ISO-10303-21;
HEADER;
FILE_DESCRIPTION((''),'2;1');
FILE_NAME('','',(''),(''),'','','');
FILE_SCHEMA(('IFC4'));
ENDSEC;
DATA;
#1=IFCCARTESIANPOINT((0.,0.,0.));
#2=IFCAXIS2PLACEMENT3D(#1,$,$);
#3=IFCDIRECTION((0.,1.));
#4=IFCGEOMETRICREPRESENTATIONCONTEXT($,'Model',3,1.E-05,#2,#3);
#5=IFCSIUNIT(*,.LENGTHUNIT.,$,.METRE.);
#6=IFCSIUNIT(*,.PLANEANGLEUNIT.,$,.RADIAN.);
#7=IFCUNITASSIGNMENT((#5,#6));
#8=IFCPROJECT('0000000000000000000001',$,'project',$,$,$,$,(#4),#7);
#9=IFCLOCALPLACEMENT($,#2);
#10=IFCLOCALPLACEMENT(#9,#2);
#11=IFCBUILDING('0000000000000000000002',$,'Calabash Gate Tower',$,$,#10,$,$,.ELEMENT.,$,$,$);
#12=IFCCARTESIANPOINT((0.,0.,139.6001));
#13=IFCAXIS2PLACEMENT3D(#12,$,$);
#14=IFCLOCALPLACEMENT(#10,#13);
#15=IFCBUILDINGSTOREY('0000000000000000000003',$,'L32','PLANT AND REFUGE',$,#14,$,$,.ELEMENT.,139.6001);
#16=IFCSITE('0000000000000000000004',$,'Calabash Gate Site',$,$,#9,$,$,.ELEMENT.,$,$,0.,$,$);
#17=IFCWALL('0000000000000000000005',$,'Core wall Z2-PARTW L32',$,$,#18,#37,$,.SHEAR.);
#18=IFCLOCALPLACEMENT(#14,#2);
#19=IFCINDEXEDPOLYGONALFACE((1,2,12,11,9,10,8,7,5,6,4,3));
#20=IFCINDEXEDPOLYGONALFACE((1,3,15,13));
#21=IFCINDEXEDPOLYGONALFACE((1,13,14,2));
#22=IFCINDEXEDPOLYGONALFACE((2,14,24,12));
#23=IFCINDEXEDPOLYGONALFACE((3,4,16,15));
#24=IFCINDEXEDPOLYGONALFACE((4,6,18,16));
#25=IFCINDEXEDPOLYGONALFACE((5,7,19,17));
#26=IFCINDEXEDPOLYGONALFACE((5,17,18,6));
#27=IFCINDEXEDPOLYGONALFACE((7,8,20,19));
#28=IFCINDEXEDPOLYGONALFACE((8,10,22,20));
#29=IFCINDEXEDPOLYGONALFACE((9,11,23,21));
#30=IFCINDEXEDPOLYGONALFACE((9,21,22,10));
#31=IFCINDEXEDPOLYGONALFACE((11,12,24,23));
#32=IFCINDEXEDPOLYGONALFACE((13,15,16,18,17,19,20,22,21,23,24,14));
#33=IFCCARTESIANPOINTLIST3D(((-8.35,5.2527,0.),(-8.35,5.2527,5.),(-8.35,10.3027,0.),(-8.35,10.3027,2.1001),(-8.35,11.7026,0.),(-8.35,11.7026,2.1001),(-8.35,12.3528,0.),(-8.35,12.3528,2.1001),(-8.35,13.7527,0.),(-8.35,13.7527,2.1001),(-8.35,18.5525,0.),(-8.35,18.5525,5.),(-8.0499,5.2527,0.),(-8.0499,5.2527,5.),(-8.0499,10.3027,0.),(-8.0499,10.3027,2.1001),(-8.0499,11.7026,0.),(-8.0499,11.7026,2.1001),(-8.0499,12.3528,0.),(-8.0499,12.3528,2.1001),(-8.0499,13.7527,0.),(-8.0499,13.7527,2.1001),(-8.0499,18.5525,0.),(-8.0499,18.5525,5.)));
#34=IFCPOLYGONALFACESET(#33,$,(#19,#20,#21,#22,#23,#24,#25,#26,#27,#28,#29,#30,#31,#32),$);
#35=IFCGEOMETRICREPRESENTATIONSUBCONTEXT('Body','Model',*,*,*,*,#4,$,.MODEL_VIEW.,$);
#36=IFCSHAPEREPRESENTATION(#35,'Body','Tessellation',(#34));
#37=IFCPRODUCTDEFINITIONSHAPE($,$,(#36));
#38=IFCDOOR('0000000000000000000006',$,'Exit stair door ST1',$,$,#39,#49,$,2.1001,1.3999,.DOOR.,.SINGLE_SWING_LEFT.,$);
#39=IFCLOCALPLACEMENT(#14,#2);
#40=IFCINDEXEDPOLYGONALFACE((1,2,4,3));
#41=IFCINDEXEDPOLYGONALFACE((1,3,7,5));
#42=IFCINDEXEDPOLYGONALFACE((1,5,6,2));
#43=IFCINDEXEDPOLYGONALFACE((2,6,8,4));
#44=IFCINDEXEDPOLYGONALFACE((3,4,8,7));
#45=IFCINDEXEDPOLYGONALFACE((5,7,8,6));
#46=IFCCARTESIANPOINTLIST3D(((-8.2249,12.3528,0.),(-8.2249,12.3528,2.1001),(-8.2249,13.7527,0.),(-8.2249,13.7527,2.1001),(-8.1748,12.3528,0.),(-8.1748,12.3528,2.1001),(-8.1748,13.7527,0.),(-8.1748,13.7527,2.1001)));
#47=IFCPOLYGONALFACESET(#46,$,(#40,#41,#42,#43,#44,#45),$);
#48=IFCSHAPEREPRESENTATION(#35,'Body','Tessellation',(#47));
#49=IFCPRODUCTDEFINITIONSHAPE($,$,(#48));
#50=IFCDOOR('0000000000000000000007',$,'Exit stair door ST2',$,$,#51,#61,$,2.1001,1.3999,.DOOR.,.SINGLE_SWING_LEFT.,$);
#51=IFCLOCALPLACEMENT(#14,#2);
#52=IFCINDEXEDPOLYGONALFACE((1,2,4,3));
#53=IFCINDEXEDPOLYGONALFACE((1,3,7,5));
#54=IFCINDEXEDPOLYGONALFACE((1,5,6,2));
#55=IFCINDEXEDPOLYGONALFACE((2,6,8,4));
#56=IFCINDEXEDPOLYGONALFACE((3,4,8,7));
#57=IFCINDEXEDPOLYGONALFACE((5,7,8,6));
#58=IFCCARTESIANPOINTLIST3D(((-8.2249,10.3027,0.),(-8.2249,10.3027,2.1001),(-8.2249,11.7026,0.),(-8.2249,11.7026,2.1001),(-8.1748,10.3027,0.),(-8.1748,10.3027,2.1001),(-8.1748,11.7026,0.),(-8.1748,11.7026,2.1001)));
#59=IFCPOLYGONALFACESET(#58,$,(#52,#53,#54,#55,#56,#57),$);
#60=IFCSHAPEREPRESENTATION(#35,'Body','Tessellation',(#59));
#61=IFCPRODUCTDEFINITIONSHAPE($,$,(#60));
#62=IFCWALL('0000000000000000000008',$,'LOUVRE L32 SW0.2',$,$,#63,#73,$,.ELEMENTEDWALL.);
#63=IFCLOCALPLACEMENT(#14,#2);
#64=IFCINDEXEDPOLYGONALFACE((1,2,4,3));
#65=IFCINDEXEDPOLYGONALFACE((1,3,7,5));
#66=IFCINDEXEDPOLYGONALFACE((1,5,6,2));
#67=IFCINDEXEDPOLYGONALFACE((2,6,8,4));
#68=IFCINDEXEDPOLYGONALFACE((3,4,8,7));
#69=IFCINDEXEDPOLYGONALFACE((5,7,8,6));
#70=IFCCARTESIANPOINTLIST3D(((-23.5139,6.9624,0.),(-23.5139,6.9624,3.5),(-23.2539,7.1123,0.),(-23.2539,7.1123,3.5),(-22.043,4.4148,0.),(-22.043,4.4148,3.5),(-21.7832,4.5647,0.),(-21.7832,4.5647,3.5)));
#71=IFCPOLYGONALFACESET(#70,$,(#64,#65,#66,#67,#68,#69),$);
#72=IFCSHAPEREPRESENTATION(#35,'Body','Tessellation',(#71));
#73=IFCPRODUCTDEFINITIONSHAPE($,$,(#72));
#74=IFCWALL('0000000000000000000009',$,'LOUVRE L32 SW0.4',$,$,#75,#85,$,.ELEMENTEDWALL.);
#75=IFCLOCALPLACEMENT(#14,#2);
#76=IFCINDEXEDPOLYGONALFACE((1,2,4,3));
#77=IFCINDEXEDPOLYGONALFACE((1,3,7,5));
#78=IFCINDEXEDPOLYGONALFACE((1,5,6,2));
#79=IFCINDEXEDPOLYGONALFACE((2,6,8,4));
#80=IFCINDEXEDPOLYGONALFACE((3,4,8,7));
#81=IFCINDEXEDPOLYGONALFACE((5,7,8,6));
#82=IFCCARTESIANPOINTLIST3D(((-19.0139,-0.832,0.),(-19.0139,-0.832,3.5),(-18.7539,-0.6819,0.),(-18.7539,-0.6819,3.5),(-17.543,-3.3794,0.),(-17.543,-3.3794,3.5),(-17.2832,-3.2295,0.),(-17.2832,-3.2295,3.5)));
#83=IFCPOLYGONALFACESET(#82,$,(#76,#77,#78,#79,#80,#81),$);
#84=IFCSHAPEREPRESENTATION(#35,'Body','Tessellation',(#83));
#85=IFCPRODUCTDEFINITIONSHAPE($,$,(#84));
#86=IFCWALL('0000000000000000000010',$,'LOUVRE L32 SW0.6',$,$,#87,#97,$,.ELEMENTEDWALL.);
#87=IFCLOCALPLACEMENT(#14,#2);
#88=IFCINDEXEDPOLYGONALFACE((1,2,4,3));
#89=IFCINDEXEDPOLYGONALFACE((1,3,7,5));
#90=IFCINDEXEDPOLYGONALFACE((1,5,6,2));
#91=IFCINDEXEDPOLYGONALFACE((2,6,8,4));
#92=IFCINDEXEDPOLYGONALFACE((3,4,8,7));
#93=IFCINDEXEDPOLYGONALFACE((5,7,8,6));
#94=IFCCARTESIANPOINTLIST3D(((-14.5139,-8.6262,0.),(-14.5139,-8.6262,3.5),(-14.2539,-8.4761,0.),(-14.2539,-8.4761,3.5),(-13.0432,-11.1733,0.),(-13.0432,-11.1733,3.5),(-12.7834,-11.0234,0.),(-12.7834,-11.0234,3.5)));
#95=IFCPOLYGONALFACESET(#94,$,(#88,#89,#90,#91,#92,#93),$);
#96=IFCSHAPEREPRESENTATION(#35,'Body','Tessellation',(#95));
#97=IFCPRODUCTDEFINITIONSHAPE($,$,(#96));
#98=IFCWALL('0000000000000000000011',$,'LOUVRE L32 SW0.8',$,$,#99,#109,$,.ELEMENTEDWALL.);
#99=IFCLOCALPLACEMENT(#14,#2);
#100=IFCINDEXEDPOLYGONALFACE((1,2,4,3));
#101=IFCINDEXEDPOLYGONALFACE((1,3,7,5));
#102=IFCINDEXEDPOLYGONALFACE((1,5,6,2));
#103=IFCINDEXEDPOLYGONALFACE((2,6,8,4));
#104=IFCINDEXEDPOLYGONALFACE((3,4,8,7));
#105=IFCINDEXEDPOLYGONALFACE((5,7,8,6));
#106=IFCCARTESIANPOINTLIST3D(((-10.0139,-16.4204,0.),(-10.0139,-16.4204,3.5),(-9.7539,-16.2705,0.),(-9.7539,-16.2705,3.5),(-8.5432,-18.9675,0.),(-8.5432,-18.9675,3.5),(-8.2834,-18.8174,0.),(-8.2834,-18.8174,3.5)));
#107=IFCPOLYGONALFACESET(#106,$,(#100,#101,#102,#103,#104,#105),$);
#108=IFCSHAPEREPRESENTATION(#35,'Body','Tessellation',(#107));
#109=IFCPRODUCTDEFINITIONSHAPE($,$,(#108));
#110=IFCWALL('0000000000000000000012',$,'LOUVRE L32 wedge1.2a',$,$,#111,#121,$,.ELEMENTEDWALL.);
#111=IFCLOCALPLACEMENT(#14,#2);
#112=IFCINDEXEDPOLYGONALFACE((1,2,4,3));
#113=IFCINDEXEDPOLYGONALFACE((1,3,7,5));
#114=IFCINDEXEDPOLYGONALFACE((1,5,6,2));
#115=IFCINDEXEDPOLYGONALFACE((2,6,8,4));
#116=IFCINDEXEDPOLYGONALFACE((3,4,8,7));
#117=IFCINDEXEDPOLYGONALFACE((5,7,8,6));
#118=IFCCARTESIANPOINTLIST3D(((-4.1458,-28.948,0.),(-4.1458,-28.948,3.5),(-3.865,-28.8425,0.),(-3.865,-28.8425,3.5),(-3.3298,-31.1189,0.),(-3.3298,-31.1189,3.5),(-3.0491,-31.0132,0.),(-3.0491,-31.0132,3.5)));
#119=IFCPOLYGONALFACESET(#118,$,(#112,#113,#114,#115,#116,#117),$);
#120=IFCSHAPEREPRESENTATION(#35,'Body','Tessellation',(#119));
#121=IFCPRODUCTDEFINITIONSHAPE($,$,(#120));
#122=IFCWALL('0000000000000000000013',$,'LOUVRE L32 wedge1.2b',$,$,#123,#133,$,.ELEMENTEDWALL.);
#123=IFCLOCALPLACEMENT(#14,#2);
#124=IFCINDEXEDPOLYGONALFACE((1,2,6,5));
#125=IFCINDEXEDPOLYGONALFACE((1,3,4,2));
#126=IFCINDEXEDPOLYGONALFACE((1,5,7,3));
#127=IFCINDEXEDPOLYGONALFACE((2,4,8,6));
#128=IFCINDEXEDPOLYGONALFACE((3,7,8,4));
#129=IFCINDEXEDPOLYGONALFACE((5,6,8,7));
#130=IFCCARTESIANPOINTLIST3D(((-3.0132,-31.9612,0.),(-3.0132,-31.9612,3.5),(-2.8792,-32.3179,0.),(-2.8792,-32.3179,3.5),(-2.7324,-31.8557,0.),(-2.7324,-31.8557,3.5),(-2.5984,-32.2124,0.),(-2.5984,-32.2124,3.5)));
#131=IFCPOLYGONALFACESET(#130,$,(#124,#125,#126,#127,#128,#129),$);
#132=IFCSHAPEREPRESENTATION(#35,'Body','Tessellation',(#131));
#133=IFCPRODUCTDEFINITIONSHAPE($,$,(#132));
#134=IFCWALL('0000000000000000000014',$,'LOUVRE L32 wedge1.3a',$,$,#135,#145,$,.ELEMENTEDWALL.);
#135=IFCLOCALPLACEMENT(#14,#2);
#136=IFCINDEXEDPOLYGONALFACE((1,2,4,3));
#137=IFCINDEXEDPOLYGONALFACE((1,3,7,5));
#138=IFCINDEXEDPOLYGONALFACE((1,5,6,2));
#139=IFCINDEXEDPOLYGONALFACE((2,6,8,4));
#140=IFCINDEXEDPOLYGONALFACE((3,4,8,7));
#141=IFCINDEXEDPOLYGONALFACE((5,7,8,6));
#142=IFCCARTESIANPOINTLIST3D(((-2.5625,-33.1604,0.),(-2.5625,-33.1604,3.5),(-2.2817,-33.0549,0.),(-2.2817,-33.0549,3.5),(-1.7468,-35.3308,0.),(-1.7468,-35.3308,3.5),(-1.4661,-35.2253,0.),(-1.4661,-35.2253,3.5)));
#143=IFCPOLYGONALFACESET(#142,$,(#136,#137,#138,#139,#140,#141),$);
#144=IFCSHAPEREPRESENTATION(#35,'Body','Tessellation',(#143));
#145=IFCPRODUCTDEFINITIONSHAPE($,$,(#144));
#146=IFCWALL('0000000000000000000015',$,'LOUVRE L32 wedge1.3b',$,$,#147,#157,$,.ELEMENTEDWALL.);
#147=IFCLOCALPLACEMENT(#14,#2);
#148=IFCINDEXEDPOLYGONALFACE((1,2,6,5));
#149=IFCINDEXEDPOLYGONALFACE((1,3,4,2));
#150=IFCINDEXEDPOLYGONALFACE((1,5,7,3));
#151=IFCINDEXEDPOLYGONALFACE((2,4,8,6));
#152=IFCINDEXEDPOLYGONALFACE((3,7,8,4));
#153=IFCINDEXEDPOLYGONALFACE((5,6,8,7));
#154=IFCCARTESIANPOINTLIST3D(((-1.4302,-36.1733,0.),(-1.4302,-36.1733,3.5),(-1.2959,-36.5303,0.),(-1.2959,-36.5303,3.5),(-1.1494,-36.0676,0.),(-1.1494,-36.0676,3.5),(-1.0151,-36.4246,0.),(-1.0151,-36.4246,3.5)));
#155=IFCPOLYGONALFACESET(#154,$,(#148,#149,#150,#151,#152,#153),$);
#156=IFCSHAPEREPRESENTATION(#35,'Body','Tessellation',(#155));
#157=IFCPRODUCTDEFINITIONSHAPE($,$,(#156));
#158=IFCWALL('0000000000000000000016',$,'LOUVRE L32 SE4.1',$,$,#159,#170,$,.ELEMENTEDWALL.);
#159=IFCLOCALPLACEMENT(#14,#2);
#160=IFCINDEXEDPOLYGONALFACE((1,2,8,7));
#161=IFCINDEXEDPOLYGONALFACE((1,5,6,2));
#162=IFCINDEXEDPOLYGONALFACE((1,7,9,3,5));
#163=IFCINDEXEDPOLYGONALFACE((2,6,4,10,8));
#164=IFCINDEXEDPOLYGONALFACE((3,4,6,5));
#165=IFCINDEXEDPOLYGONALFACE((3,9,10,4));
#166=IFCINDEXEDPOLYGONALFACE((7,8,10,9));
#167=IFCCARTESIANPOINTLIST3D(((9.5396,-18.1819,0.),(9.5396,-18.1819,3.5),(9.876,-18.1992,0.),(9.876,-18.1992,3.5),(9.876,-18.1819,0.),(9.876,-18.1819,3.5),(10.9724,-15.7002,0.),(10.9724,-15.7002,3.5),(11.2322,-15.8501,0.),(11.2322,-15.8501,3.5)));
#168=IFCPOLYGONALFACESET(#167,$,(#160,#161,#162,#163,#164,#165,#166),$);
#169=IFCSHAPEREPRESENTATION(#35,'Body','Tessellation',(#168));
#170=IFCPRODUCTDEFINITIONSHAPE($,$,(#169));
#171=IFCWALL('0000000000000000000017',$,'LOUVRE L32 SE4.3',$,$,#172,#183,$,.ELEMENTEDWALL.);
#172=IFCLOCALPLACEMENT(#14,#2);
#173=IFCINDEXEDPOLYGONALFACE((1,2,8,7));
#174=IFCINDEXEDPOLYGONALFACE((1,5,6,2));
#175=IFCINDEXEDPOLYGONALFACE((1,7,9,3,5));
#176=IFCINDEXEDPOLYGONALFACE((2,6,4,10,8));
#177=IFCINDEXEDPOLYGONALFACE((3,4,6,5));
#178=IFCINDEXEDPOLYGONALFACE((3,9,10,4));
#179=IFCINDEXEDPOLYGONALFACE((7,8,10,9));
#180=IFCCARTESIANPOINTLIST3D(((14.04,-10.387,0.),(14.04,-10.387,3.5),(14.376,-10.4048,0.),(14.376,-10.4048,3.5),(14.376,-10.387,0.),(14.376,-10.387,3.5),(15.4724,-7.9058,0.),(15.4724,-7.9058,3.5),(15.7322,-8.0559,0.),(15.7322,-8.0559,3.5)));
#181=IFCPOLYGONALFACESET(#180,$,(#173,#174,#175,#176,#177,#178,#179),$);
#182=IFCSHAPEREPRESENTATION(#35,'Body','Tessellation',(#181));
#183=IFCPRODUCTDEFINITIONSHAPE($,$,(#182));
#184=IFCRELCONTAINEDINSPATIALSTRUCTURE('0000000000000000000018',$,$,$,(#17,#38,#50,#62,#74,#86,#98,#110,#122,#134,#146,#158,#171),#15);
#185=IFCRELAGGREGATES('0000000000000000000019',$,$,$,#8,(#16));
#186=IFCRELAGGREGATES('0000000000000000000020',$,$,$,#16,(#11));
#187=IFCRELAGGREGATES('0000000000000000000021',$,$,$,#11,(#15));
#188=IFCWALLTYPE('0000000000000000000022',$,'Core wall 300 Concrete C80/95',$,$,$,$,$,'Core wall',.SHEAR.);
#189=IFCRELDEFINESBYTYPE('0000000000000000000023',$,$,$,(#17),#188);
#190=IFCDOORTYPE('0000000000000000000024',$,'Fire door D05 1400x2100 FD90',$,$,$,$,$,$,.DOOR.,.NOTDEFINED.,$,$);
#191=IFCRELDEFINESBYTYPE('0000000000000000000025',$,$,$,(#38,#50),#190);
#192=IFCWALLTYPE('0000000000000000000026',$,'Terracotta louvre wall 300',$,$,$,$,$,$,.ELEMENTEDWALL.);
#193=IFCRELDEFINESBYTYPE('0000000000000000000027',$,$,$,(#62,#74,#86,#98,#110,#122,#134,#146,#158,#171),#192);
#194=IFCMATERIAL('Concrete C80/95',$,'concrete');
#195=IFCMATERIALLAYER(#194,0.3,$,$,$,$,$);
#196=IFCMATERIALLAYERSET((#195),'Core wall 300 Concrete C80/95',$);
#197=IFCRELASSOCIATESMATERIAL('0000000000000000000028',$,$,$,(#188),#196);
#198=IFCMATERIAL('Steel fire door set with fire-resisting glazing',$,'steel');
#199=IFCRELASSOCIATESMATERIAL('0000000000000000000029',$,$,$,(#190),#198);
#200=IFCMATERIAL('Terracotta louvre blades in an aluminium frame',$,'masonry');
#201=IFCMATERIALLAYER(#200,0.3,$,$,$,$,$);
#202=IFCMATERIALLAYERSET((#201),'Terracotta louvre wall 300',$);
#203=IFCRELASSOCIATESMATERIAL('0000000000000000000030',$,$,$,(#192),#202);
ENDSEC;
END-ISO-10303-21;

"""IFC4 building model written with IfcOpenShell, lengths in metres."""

from ifc_helpers import new_model, si_unit, direction, frame, frame_2d, origin, place, context, subcontext, project, spatial, polyline, rectangle, outline, extrude, material, layer, layer_set, type_object, element, fill, save


model = new_model("IFC4")

# Units and contexts
model_context = context("Model", 3, precision=1e-05, world=origin(), true_north=direction((0.0, 1.0)))
body_context = subcontext(model_context, "Body", "Model", "MODEL_VIEW")
ifc_project = project(units=[si_unit("LENGTHUNIT", "METRE"), si_unit("PLANEANGLEUNIT", "RADIAN")], contexts=[model_context])

# Site, building, storey
site_placement = place(None, origin())
site = spatial("IfcSite", under=ifc_project, at=site_placement, Name="Calabash Gate Site", CompositionType="ELEMENT", RefElevation=0.0)
building_placement = place(site_placement, origin())
building = spatial("IfcBuilding", under=site, at=building_placement, Name="Calabash Gate Tower", CompositionType="ELEMENT")
storey_placement = place(building_placement, frame((0.0, 0.0, 139.6001)))
storey = spatial("IfcBuildingStorey", under=building, at=storey_placement, Name="L32", Description="PLANT AND REFUGE", CompositionType="ELEMENT", Elevation=139.6001)

# Wall, openings, doors
ifc_material_1 = material(Name="Concrete C80/95", Category="concrete")
ifc_layer_1 = layer(ifc_material_1, 0.3)
ifc_layer_set_1 = layer_set([ifc_layer_1], Name="Core wall 300 Concrete C80/95")
wall_type_1 = type_object("IfcWallType", Name="Core wall 300 Concrete C80/95", ElementType="Core wall", PredefinedType="SHEAR", material=ifc_layer_set_1)
wall_1_placement = place(storey_placement, frame((-8.2, 5.2527, 0.0), z_axis=(0.0, 0.0, 1.0), x_axis=(0.0, 1.0, 0.0)))
wall_1 = element("IfcWall", 1, at=wall_1_placement, inside=storey, type_object=wall_type_1, Name="Core wall Z2-PARTW L32", PredefinedType="SHEAR", context=body_context, shape_type="SweptSolid", body=[
    extrude(rectangle(XDim=13.2998, YDim=0.3, at=frame_2d((6.6499, 0.0))), origin(), (0.0, 0.0, 1.0), 5.0),
])
opening_1_placement = place(wall_1_placement, frame((7.1001, 0.0, 0.0)))
opening_1 = element("IfcOpeningElement", 2, at=opening_1_placement, cuts=wall_1, PredefinedType="OPENING", context=body_context, shape_type="SweptSolid", body=[
    extrude(rectangle(XDim=1.3999, YDim=2.1001, at=frame_2d((0.7, 1.05))), frame((0.0, 0.1599, 0.0), z_axis=(0.0, -1.0, 0.0), x_axis=(1.0, 0.0, 0.0)), (0.0, 0.0, 1.0), 0.3201),
])
opening_2_placement = place(wall_1_placement, frame((5.05, 0.0, 0.0)))
opening_2 = element("IfcOpeningElement", 3, at=opening_2_placement, cuts=wall_1, PredefinedType="OPENING", context=body_context, shape_type="SweptSolid", body=[
    extrude(rectangle(XDim=1.3999, YDim=2.1001, at=frame_2d((0.7, 1.05))), frame((0.0, 0.1599, 0.0), z_axis=(0.0, -1.0, 0.0), x_axis=(1.0, 0.0, 0.0)), (0.0, 0.0, 1.0), 0.3201),
])
ifc_material_2 = material(Name="Steel fire door set with fire-resisting glazing", Category="steel")
door_type = type_object("IfcDoorType", Name="Fire door D05 1400x2100 FD90", OperationType="NOTDEFINED", PredefinedType="DOOR", material=ifc_material_2)
door_1_placement = place(opening_1_placement, origin())
door_1 = element("IfcDoor", 4, at=door_1_placement, inside=storey, type_object=door_type, Name="Exit stair door ST1", OperationType="SINGLE_SWING_LEFT", OverallHeight=2.1001, OverallWidth=1.3999, PredefinedType="DOOR", context=body_context, shape_type="SweptSolid", body=[
    extrude(rectangle(XDim=1.3999, YDim=2.1001, at=frame_2d((0.7, 1.05))), frame((0.0, 0.0249, 0.0), z_axis=(0.0, -1.0, 0.0), x_axis=(1.0, 0.0, 0.0)), (0.0, 0.0, 1.0), 0.05),
])
fill(opening_1, door_1)
door_2_placement = place(opening_2_placement, origin())
door_2 = element("IfcDoor", 5, at=door_2_placement, inside=storey, type_object=door_type, Name="Exit stair door ST2", OperationType="SINGLE_SWING_LEFT", OverallHeight=2.1001, OverallWidth=1.3999, PredefinedType="DOOR", context=body_context, shape_type="SweptSolid", body=[
    extrude(rectangle(XDim=1.3999, YDim=2.1001, at=frame_2d((0.7, 1.05))), frame((0.0, 0.0249, 0.0), z_axis=(0.0, -1.0, 0.0), x_axis=(1.0, 0.0, 0.0)), (0.0, 0.0, 1.0), 0.05),
])
fill(opening_2, door_2)

# Walls
ifc_material_3 = material(Name="Terracotta louvre blades in an aluminium frame", Category="masonry")
ifc_layer_2 = layer(ifc_material_3, 0.3)
ifc_layer_set_2 = layer_set([ifc_layer_2], Name="Terracotta louvre wall 300")
wall_type_2 = type_object("IfcWallType", Name="Terracotta louvre wall 300", PredefinedType="ELEMENTEDWALL", material=ifc_layer_set_2)
wall_2_placement = place(storey_placement, origin())
element("IfcWall", 6, at=wall_2_placement, inside=storey, type_object=wall_type_2, Name="LOUVRE L32 SW0.2", PredefinedType="ELEMENTEDWALL", context=body_context, shape_type="SweptSolid", body=[
    extrude(outline(polyline([(-23.5139, 6.9624), (-22.043, 4.4148), (-21.7832, 4.5647), (-23.2539, 7.1123), (-23.5139, 6.9624)])), origin(), (0.0, 0.0, 1.0), 3.5),
])
wall_3_placement = place(storey_placement, origin())
element("IfcWall", 7, at=wall_3_placement, inside=storey, type_object=wall_type_2, Name="LOUVRE L32 SW0.4", PredefinedType="ELEMENTEDWALL", context=body_context, shape_type="SweptSolid", body=[
    extrude(outline(polyline([(-19.0139, -0.832), (-17.543, -3.3794), (-17.2832, -3.2295), (-18.7539, -0.6819), (-19.0139, -0.832)])), origin(), (0.0, 0.0, 1.0), 3.5),
])
wall_4_placement = place(storey_placement, origin())
element("IfcWall", 8, at=wall_4_placement, inside=storey, type_object=wall_type_2, Name="LOUVRE L32 SW0.6", PredefinedType="ELEMENTEDWALL", context=body_context, shape_type="SweptSolid", body=[
    extrude(outline(polyline([(-14.5139, -8.6262), (-13.0432, -11.1733), (-12.7834, -11.0234), (-14.2539, -8.4761), (-14.5139, -8.6262)])), origin(), (0.0, 0.0, 1.0), 3.5),
])
wall_5_placement = place(storey_placement, origin())
element("IfcWall", 9, at=wall_5_placement, inside=storey, type_object=wall_type_2, Name="LOUVRE L32 SW0.8", PredefinedType="ELEMENTEDWALL", context=body_context, shape_type="SweptSolid", body=[
    extrude(outline(polyline([(-10.0139, -16.4204), (-8.5432, -18.9675), (-8.2834, -18.8174), (-9.7539, -16.2705), (-10.0139, -16.4204)])), origin(), (0.0, 0.0, 1.0), 3.5),
])
wall_6_placement = place(storey_placement, origin())
element("IfcWall", 10, at=wall_6_placement, inside=storey, type_object=wall_type_2, Name="LOUVRE L32 wedge1.2a", PredefinedType="ELEMENTEDWALL", context=body_context, shape_type="SweptSolid", body=[
    extrude(outline(polyline([(-4.1458, -28.948), (-3.3298, -31.1189), (-3.0491, -31.0132), (-3.865, -28.8425), (-4.1458, -28.948)])), origin(), (0.0, 0.0, 1.0), 3.5),
])
wall_7_placement = place(storey_placement, origin())
element("IfcWall", 11, at=wall_7_placement, inside=storey, type_object=wall_type_2, Name="LOUVRE L32 wedge1.2b", PredefinedType="ELEMENTEDWALL", context=body_context, shape_type="SweptSolid", body=[
    extrude(outline(polyline([(-2.5984, -32.2124), (-2.7324, -31.8557), (-3.0132, -31.9612), (-2.8792, -32.3179), (-2.5984, -32.2124)])), origin(), (0.0, 0.0, 1.0), 3.5),
])
wall_8_placement = place(storey_placement, origin())
element("IfcWall", 12, at=wall_8_placement, inside=storey, type_object=wall_type_2, Name="LOUVRE L32 wedge1.3a", PredefinedType="ELEMENTEDWALL", context=body_context, shape_type="SweptSolid", body=[
    extrude(outline(polyline([(-2.5625, -33.1604), (-1.7468, -35.3308), (-1.4661, -35.2253), (-2.2817, -33.0549), (-2.5625, -33.1604)])), origin(), (0.0, 0.0, 1.0), 3.5),
])
wall_9_placement = place(storey_placement, origin())
element("IfcWall", 13, at=wall_9_placement, inside=storey, type_object=wall_type_2, Name="LOUVRE L32 wedge1.3b", PredefinedType="ELEMENTEDWALL", context=body_context, shape_type="SweptSolid", body=[
    extrude(outline(polyline([(-1.0151, -36.4246), (-1.1494, -36.0676), (-1.4302, -36.1733), (-1.2959, -36.5303), (-1.0151, -36.4246)])), origin(), (0.0, 0.0, 1.0), 3.5),
])
wall_10_placement = place(storey_placement, origin())
element("IfcWall", 14, at=wall_10_placement, inside=storey, type_object=wall_type_2, Name="LOUVRE L32 SE4.1", PredefinedType="ELEMENTEDWALL", context=body_context, shape_type="SweptSolid", body=[
    extrude(outline(polyline([(10.9724, -15.7002), (9.5396, -18.1819), (9.876, -18.1819), (9.876, -18.1992), (11.2322, -15.8501), (10.9724, -15.7002)])), origin(), (0.0, 0.0, 1.0), 3.5),
])
wall_11_placement = place(storey_placement, origin())
element("IfcWall", 15, at=wall_11_placement, inside=storey, type_object=wall_type_2, Name="LOUVRE L32 SE4.3", PredefinedType="ELEMENTEDWALL", context=body_context, shape_type="SweptSolid", body=[
    extrude(outline(polyline([(15.4724, -7.9058), (14.04, -10.387), (14.376, -10.387), (14.376, -10.4048), (15.7322, -8.0559), (15.4724, -7.9058)])), origin(), (0.0, 0.0, 1.0), 3.5),
])

save(model, "model.ifc")
